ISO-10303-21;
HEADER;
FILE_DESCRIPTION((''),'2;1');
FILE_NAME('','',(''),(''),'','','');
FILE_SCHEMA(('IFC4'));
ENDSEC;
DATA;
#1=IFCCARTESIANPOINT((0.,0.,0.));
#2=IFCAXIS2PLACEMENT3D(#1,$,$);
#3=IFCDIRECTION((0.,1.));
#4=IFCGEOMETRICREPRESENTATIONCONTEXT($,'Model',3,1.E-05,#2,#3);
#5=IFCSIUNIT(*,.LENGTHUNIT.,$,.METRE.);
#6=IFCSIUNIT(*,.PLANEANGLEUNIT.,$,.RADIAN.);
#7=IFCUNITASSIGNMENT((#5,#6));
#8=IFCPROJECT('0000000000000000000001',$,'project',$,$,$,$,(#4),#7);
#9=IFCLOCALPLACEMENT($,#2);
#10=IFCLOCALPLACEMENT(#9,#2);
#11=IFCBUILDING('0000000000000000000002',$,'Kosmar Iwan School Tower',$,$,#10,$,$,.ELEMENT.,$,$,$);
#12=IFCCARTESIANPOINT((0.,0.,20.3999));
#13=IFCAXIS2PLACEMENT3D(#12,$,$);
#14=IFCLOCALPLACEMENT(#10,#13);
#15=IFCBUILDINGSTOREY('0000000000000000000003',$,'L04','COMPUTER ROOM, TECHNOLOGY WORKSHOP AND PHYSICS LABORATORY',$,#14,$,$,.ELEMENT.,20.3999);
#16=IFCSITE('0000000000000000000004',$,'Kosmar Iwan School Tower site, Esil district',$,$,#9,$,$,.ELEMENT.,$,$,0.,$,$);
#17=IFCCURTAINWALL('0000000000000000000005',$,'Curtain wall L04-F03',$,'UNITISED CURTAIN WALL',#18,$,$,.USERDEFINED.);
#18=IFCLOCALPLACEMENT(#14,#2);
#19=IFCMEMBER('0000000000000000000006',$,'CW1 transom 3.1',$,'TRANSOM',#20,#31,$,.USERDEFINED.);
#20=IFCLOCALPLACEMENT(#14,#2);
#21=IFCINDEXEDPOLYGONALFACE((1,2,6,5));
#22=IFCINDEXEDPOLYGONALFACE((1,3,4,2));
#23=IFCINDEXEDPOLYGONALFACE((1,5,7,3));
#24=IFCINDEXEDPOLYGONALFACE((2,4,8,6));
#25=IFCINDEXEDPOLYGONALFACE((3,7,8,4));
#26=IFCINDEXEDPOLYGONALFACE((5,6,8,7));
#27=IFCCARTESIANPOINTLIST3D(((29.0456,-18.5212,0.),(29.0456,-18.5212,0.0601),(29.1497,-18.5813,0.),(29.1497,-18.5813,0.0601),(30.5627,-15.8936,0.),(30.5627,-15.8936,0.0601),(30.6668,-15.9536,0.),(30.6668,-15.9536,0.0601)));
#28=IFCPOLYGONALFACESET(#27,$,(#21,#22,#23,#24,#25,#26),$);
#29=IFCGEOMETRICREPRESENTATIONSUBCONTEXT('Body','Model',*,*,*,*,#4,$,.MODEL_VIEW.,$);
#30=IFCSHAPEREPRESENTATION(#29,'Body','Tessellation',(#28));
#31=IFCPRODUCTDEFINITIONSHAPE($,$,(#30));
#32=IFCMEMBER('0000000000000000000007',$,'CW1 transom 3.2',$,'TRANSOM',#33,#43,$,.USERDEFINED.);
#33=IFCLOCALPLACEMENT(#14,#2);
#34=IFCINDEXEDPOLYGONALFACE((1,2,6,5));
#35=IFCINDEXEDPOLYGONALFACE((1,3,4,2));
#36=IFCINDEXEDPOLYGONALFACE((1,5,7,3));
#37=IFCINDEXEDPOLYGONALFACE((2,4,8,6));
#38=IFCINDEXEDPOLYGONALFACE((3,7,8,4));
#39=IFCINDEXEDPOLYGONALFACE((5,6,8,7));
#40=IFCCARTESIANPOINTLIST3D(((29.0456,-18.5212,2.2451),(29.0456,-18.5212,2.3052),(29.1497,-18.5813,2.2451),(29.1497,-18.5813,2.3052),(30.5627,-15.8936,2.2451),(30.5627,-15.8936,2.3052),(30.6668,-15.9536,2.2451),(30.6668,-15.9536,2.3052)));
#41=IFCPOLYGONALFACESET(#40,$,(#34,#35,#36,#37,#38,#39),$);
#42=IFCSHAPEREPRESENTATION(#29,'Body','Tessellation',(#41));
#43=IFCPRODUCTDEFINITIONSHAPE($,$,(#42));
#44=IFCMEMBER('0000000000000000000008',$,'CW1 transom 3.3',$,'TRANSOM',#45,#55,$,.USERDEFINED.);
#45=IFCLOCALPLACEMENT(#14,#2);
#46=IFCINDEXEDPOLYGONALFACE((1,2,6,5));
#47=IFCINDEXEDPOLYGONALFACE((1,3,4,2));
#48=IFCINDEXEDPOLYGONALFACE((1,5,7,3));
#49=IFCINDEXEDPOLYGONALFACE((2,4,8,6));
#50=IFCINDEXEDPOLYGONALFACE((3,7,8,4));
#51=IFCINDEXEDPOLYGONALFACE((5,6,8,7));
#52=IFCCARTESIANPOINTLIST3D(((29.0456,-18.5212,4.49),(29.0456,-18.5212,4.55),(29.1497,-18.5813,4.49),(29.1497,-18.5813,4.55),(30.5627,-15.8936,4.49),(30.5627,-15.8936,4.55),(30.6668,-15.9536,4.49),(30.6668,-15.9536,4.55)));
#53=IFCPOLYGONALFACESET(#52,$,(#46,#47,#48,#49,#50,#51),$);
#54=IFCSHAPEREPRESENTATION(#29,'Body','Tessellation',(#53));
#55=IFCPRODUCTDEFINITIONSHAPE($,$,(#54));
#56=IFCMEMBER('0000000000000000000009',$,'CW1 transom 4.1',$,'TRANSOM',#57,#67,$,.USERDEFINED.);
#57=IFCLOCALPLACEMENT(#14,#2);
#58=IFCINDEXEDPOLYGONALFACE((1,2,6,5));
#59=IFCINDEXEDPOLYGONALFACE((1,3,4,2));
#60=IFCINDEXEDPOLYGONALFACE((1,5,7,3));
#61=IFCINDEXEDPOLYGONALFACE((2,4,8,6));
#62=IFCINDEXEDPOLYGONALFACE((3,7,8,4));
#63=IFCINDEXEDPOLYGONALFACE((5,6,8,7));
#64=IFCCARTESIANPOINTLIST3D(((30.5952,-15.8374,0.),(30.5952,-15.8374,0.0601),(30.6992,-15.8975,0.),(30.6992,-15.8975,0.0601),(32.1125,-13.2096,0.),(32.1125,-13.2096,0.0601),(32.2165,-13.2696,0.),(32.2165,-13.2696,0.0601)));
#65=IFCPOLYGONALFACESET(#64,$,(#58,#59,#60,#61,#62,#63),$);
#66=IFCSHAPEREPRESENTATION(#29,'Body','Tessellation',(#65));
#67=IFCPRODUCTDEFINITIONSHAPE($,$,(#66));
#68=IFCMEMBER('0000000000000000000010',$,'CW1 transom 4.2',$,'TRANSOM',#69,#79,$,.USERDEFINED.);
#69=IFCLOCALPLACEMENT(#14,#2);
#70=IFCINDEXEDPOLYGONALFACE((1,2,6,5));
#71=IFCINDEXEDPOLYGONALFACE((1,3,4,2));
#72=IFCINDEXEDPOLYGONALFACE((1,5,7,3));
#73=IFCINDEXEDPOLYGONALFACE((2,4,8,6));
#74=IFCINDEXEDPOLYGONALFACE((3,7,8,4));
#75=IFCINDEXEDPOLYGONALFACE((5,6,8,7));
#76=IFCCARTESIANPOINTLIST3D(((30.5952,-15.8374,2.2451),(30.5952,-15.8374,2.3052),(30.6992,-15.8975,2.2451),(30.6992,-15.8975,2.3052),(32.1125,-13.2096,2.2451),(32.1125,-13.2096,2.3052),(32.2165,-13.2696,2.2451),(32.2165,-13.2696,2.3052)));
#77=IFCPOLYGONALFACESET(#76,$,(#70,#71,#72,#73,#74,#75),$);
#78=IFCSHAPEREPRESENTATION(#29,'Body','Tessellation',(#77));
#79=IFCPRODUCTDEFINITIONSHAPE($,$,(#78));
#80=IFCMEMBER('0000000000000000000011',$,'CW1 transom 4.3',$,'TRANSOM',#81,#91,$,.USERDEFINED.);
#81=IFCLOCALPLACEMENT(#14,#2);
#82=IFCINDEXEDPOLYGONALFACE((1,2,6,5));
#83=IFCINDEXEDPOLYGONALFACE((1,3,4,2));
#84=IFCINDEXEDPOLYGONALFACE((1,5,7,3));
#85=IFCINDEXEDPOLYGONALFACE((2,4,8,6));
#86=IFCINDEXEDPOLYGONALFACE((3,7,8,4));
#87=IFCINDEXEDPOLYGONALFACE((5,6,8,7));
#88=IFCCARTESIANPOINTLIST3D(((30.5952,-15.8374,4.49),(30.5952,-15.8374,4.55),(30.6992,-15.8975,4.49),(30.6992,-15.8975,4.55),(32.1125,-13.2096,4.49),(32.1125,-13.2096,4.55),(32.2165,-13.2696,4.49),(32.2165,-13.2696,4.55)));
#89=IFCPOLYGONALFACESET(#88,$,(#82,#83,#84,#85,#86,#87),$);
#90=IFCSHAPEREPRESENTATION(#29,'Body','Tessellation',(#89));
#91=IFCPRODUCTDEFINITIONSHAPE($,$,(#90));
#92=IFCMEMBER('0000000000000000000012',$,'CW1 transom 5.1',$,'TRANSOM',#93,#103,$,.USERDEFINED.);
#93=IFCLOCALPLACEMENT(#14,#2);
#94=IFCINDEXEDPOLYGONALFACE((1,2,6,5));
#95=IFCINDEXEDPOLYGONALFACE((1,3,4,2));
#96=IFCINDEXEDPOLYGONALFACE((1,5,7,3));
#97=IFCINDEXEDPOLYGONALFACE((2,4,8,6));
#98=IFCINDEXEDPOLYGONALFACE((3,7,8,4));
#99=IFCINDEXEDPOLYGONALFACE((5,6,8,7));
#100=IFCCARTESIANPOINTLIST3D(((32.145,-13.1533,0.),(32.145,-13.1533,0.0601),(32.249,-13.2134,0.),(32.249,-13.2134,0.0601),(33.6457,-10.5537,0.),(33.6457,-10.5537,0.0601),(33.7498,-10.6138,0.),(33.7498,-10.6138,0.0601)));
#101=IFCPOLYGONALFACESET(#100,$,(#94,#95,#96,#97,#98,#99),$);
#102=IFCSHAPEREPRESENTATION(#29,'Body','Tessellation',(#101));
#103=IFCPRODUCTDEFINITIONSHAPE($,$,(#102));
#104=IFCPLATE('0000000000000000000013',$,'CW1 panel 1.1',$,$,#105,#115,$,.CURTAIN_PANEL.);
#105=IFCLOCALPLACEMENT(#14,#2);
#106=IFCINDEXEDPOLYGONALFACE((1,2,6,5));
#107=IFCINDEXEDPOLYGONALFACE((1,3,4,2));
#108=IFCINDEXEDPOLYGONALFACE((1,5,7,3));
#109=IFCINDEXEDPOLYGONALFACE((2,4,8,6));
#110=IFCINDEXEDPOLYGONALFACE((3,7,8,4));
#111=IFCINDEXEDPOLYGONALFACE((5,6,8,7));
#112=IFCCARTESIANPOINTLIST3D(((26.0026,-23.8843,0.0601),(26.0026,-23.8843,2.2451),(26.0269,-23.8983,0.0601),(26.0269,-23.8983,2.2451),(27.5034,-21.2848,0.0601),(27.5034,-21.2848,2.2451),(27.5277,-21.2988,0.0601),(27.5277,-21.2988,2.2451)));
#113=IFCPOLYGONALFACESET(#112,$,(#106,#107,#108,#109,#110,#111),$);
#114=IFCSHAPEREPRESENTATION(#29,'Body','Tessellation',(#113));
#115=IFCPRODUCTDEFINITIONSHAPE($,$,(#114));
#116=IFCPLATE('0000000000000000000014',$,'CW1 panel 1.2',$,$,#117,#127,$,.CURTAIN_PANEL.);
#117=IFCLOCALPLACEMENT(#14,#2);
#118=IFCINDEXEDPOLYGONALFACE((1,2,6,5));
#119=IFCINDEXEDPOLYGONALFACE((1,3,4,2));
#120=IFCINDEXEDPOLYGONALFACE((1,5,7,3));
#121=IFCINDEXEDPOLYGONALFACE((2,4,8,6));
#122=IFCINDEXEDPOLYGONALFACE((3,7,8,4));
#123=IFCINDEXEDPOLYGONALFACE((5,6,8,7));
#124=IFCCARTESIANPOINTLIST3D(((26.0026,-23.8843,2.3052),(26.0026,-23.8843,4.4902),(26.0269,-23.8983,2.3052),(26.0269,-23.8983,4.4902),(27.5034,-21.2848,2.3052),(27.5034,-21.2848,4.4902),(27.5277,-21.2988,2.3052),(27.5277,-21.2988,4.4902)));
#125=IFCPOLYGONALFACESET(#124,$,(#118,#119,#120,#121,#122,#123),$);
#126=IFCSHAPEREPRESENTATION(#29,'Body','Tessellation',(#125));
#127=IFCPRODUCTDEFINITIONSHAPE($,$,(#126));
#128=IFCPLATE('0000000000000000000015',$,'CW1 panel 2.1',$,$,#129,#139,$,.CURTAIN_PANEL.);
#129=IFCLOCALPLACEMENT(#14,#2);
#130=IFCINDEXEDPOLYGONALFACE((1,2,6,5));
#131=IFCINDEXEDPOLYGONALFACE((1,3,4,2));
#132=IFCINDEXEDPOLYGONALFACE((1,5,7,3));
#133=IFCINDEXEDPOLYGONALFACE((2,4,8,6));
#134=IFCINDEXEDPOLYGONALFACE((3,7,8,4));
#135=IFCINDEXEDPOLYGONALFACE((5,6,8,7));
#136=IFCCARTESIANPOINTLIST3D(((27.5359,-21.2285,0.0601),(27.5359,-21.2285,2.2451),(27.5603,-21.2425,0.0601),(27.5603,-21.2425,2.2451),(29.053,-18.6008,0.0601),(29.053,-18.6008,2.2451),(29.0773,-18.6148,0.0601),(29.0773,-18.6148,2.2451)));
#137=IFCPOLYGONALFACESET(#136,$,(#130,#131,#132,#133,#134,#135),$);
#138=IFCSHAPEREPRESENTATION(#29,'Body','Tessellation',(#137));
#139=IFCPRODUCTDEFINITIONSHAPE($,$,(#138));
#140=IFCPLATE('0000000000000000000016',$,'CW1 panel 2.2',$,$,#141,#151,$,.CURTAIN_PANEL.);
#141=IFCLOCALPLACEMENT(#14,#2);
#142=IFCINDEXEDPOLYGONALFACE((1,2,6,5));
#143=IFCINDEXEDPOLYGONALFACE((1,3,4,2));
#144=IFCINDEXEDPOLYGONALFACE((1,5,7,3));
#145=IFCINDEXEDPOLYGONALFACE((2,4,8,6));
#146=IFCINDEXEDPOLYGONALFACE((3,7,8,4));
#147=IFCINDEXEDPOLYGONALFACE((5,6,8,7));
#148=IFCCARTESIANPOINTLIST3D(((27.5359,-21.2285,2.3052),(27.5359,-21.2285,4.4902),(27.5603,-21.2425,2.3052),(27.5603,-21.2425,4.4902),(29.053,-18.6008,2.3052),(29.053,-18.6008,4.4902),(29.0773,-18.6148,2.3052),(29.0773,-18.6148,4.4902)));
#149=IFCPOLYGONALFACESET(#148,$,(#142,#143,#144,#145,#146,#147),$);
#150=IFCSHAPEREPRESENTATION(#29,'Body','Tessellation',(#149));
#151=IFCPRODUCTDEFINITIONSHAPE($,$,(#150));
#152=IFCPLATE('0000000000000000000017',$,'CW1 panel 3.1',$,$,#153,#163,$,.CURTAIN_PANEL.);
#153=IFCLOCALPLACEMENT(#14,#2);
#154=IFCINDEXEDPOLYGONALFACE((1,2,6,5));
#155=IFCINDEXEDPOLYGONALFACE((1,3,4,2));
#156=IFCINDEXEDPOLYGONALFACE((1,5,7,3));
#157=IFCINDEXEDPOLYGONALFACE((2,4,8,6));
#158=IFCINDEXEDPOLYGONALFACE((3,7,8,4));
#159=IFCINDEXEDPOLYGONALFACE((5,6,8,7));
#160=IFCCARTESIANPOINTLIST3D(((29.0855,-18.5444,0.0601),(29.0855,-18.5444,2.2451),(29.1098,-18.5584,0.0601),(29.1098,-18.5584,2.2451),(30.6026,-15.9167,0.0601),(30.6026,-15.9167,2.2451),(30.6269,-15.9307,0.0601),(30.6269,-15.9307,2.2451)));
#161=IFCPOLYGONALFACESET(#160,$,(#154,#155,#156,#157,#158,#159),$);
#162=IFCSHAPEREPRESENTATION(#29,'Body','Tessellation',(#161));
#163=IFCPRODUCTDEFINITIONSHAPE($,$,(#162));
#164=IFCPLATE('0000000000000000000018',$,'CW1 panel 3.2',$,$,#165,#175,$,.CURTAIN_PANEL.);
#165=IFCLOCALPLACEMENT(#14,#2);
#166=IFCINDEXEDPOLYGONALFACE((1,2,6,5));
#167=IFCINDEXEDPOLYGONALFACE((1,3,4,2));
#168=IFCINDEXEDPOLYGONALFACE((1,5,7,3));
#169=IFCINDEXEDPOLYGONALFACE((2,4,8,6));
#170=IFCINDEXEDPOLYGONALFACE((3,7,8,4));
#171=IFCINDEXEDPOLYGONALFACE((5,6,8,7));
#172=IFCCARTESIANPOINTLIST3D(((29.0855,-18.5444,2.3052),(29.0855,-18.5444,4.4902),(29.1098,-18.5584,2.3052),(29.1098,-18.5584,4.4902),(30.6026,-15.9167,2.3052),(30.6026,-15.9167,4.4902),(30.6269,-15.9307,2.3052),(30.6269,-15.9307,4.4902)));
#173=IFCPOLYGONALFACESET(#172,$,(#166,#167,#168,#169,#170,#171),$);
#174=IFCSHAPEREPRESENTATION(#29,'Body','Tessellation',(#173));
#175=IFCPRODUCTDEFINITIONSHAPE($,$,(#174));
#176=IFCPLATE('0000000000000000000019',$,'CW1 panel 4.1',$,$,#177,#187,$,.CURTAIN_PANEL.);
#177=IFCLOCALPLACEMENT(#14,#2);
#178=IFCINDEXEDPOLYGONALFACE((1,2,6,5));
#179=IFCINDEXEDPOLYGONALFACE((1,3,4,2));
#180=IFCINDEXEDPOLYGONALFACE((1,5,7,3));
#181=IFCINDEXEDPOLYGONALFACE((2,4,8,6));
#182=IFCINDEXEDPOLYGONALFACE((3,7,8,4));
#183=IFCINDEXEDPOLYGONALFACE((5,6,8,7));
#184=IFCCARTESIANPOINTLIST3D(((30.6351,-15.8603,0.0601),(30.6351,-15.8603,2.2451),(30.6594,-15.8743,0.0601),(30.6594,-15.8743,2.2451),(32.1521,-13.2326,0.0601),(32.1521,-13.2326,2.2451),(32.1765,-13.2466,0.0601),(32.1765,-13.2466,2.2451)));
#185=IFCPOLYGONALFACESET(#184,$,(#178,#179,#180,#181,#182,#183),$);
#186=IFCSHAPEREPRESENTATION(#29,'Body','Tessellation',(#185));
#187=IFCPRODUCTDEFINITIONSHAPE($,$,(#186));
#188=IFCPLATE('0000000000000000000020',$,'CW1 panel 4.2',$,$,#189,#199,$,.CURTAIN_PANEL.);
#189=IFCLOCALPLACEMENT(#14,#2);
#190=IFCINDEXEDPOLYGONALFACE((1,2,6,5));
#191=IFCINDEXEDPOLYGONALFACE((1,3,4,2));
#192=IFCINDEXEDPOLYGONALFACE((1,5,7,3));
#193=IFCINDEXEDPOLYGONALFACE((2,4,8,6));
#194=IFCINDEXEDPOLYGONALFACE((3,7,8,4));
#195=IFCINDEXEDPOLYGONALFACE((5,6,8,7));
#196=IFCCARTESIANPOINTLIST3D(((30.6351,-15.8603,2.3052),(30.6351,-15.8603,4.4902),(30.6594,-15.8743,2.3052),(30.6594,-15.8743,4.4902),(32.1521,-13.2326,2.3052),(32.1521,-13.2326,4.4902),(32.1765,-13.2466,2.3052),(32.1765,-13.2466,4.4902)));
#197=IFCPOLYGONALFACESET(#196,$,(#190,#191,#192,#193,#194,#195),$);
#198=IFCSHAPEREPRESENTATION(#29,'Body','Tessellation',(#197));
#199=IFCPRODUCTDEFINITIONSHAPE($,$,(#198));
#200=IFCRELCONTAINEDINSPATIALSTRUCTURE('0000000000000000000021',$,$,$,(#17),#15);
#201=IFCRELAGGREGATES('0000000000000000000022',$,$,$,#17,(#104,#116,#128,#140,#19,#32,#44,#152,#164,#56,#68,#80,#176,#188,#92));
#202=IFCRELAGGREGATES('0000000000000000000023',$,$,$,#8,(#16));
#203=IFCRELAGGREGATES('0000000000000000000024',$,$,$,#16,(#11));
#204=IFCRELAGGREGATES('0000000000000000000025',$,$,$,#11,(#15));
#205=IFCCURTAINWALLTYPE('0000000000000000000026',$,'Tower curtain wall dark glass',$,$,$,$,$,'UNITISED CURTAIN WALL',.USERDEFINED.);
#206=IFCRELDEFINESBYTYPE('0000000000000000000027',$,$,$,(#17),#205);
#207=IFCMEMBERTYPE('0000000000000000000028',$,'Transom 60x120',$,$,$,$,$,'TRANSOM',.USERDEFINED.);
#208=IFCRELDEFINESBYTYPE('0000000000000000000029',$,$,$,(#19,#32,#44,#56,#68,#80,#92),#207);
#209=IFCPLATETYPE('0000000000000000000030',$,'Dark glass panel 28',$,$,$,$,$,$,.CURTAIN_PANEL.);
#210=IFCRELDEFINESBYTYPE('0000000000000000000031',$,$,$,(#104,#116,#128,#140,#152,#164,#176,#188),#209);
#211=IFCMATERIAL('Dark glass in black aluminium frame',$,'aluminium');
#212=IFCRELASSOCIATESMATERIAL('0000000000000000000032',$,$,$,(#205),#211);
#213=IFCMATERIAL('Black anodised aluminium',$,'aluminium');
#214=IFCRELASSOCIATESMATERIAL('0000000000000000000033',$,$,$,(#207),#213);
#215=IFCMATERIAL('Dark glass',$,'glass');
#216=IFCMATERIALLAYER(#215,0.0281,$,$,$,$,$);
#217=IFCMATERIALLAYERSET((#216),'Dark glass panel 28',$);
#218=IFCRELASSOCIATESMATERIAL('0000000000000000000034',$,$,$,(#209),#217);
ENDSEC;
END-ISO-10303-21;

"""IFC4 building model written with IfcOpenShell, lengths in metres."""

from ifc_helpers import new_model, si_unit, direction, frame, origin, origin_2d, place, context, subcontext, project, spatial, rectangle, extrude, material, layer, layer_set, material_profile, profile_set, type_object, element, aggregate, save


model = new_model("IFC4")

# Units and contexts
model_context = context("Model", 3, precision=1e-05, world=origin(), true_north=direction((0.0, 1.0)))
body_context = subcontext(model_context, "Body", "Model", "MODEL_VIEW")
ifc_project = project(units=[si_unit("LENGTHUNIT", "METRE"), si_unit("PLANEANGLEUNIT", "RADIAN")], contexts=[model_context])

# Site, building, storey
site_placement = place(None, origin())
site = spatial("IfcSite", under=ifc_project, at=site_placement, Name="Kosmar Iwan School Tower site, Esil district", CompositionType="ELEMENT", RefElevation=0.0)
building_placement = place(site_placement, origin())
building = spatial("IfcBuilding", under=site, at=building_placement, Name="Kosmar Iwan School Tower", CompositionType="ELEMENT")
storey_placement = place(building_placement, frame((0.0, 0.0, 20.3999)))
storey = spatial("IfcBuildingStorey", under=building, at=storey_placement, Name="L04", Description="COMPUTER ROOM, TECHNOLOGY WORKSHOP AND PHYSICS LABORATORY", CompositionType="ELEMENT", Elevation=20.3999)

# Curtain wall
ifc_material_1 = material(Name="Dark glass in black aluminium frame", Category="aluminium")
curtain_wall_type_1 = type_object("IfcCurtainWallType", Name="Tower curtain wall dark glass", ElementType="UNITISED CURTAIN WALL", PredefinedType="USERDEFINED", material=ifc_material_1)
curtain_wall_1_placement = place(storey_placement, origin())
curtain_wall_1 = element("IfcCurtainWall", 1, at=curtain_wall_1_placement, inside=storey, type_object=curtain_wall_type_1, Name="Curtain wall L04-F03", ObjectType="UNITISED CURTAIN WALL", PredefinedType="USERDEFINED")

# Members
ifc_material_2 = material(Name="Black anodised aluminium", Category="aluminium")
ifc_material_profile_1 = material_profile(ifc_material_2, rectangle(XDim=0.1201, YDim=0.0601, at=origin_2d()), Name="TRANSOM 60x120")
ifc_profile_set_1 = profile_set([ifc_material_profile_1], Name="Black anodised aluminium")
member_type_1 = type_object("IfcMemberType", Name="Transom 60x120", ElementType="TRANSOM", PredefinedType="USERDEFINED", material=ifc_profile_set_1)
member_1_placement = place(storey_placement, frame((29.0977, -18.5513, 0.03), z_axis=(0.499999, 0.866026, 0.0), x_axis=(-0.866026, 0.499999, 0.0)))
member_1 = element("IfcMember", 2, at=member_1_placement, type_object=member_type_1, Name="CW1 transom 3.1", ObjectType="TRANSOM", PredefinedType="USERDEFINED", context=body_context, shape_type="SweptSolid", body=[
    extrude(rectangle(XDim=0.1201, YDim=0.0601, at=origin_2d()), origin(), (0.0, 0.0, 1.0), 3.0342),
])
member_2_placement = place(storey_placement, frame((29.0977, -18.5513, 2.2751), z_axis=(0.499999, 0.866026, 0.0), x_axis=(-0.866026, 0.499999, 0.0)))
member_2 = element("IfcMember", 3, at=member_2_placement, type_object=member_type_1, Name="CW1 transom 3.2", ObjectType="TRANSOM", PredefinedType="USERDEFINED", context=body_context, shape_type="SweptSolid", body=[
    extrude(rectangle(XDim=0.1201, YDim=0.0601, at=origin_2d()), origin(), (0.0, 0.0, 1.0), 3.0342),
])
member_3_placement = place(storey_placement, frame((29.0977, -18.5513, 4.52), z_axis=(0.499999, 0.866026, 0.0), x_axis=(-0.866026, 0.499999, 0.0)))
member_3 = element("IfcMember", 4, at=member_3_placement, type_object=member_type_1, Name="CW1 transom 3.3", ObjectType="TRANSOM", PredefinedType="USERDEFINED", context=body_context, shape_type="SweptSolid", body=[
    extrude(rectangle(XDim=0.1201, YDim=0.0601, at=origin_2d()), origin(), (0.0, 0.0, 1.0), 3.0342),
])
member_4_placement = place(storey_placement, frame((30.6472, -15.8674, 0.03), z_axis=(0.500024, 0.866011, 0.0), x_axis=(-0.866011, 0.500024, 0.0)))
member_4 = element("IfcMember", 5, at=member_4_placement, type_object=member_type_1, Name="CW1 transom 4.1", ObjectType="TRANSOM", PredefinedType="USERDEFINED", context=body_context, shape_type="SweptSolid", body=[
    extrude(rectangle(XDim=0.1201, YDim=0.0601, at=origin_2d()), origin(), (0.0, 0.0, 1.0), 3.0344),
])
member_5_placement = place(storey_placement, frame((30.6472, -15.8674, 2.2751), z_axis=(0.500024, 0.866011, 0.0), x_axis=(-0.866011, 0.500024, 0.0)))
member_5 = element("IfcMember", 6, at=member_5_placement, type_object=member_type_1, Name="CW1 transom 4.2", ObjectType="TRANSOM", PredefinedType="USERDEFINED", context=body_context, shape_type="SweptSolid", body=[
    extrude(rectangle(XDim=0.1201, YDim=0.0601, at=origin_2d()), origin(), (0.0, 0.0, 1.0), 3.0344),
])
member_6_placement = place(storey_placement, frame((30.6472, -15.8674, 4.52), z_axis=(0.500024, 0.866011, 0.0), x_axis=(-0.866011, 0.500024, 0.0)))
member_6 = element("IfcMember", 7, at=member_6_placement, type_object=member_type_1, Name="CW1 transom 4.3", ObjectType="TRANSOM", PredefinedType="USERDEFINED", context=body_context, shape_type="SweptSolid", body=[
    extrude(rectangle(XDim=0.1201, YDim=0.0601, at=origin_2d()), origin(), (0.0, 0.0, 1.0), 3.0344),
])
member_7_placement = place(storey_placement, frame((32.197, -13.1833, 0.03), z_axis=(0.499962, 0.866047, 0.0), x_axis=(-0.866047, 0.499962, 0.0)))
member_7 = element("IfcMember", 8, at=member_7_placement, type_object=member_type_1, Name="CW1 transom 5.1", ObjectType="TRANSOM", PredefinedType="USERDEFINED", context=body_context, shape_type="SweptSolid", body=[
    extrude(rectangle(XDim=0.1201, YDim=0.0601, at=origin_2d()), origin(), (0.0, 0.0, 1.0), 3.0017),
])

# Plates
ifc_material_3 = material(Name="Dark glass", Category="glass")
ifc_layer_1 = layer(ifc_material_3, 0.0281)
ifc_layer_set_1 = layer_set([ifc_layer_1], Name="Dark glass panel 28")
plate_type = type_object("IfcPlateType", Name="Dark glass panel 28", PredefinedType="CURTAIN_PANEL", material=ifc_layer_set_1)
plate_1_placement = place(storey_placement, frame((26.7651, -22.5916, 0.0601), z_axis=(0.0, 0.0, 1.0), x_axis=(0.5, 0.866025, 0.0)))
plate_1 = element("IfcPlate", 9, at=plate_1_placement, type_object=plate_type, Name="CW1 panel 1.1", PredefinedType="CURTAIN_PANEL", context=body_context, shape_type="SweptSolid", body=[
    extrude(rectangle(XDim=3.0017, YDim=0.0281, at=origin_2d()), origin(), (0.0, 0.0, 1.0), 2.1851),
])
plate_2_placement = place(storey_placement, frame((26.7651, -22.5916, 2.3052), z_axis=(0.0, 0.0, 1.0), x_axis=(0.5, 0.866025, 0.0)))
plate_2 = element("IfcPlate", 10, at=plate_2_placement, type_object=plate_type, Name="CW1 panel 1.2", PredefinedType="CURTAIN_PANEL", context=body_context, shape_type="SweptSolid", body=[
    extrude(rectangle(XDim=3.0017, YDim=0.0281, at=origin_2d()), origin(), (0.0, 0.0, 1.0), 2.1851),
])
plate_3_placement = place(storey_placement, frame((28.3066, -19.9216, 0.0601), z_axis=(0.0, 0.0, 1.0), x_axis=(0.5, 0.866025, 0.0)))
plate_3 = element("IfcPlate", 11, at=plate_3_placement, type_object=plate_type, Name="CW1 panel 2.1", PredefinedType="CURTAIN_PANEL", context=body_context, shape_type="SweptSolid", body=[
    extrude(rectangle(XDim=3.0342, YDim=0.0281, at=origin_2d()), origin(), (0.0, 0.0, 1.0), 2.1851),
])
plate_4_placement = place(storey_placement, frame((28.3066, -19.9216, 2.3052), z_axis=(0.0, 0.0, 1.0), x_axis=(0.5, 0.866025, 0.0)))
plate_4 = element("IfcPlate", 12, at=plate_4_placement, type_object=plate_type, Name="CW1 panel 2.2", PredefinedType="CURTAIN_PANEL", context=body_context, shape_type="SweptSolid", body=[
    extrude(rectangle(XDim=3.0342, YDim=0.0281, at=origin_2d()), origin(), (0.0, 0.0, 1.0), 2.1851),
])
plate_5_placement = place(storey_placement, frame((29.8562, -17.2375, 0.0601), z_axis=(0.0, 0.0, 1.0), x_axis=(0.5, 0.866025, 0.0)))
plate_5 = element("IfcPlate", 13, at=plate_5_placement, type_object=plate_type, Name="CW1 panel 3.1", PredefinedType="CURTAIN_PANEL", context=body_context, shape_type="SweptSolid", body=[
    extrude(rectangle(XDim=3.0342, YDim=0.0281, at=origin_2d()), origin(), (0.0, 0.0, 1.0), 2.1851),
])
plate_6_placement = place(storey_placement, frame((29.8562, -17.2375, 2.3052), z_axis=(0.0, 0.0, 1.0), x_axis=(0.5, 0.866025, 0.0)))
plate_6 = element("IfcPlate", 14, at=plate_6_placement, type_object=plate_type, Name="CW1 panel 3.2", PredefinedType="CURTAIN_PANEL", context=body_context, shape_type="SweptSolid", body=[
    extrude(rectangle(XDim=3.0342, YDim=0.0281, at=origin_2d()), origin(), (0.0, 0.0, 1.0), 2.1851),
])
plate_7_placement = place(storey_placement, frame((31.4058, -14.5535, 0.0601), z_axis=(0.0, 0.0, 1.0), x_axis=(0.5, 0.866025, 0.0)))
plate_7 = element("IfcPlate", 15, at=plate_7_placement, type_object=plate_type, Name="CW1 panel 4.1", PredefinedType="CURTAIN_PANEL", context=body_context, shape_type="SweptSolid", body=[
    extrude(rectangle(XDim=3.0342, YDim=0.0281, at=origin_2d()), origin(), (0.0, 0.0, 1.0), 2.1851),
])
plate_8_placement = place(storey_placement, frame((31.4058, -14.5535, 2.3052), z_axis=(0.0, 0.0, 1.0), x_axis=(0.5, 0.866025, 0.0)))
plate_8 = element("IfcPlate", 16, at=plate_8_placement, type_object=plate_type, Name="CW1 panel 4.2", PredefinedType="CURTAIN_PANEL", context=body_context, shape_type="SweptSolid", body=[
    extrude(rectangle(XDim=3.0342, YDim=0.0281, at=origin_2d()), origin(), (0.0, 0.0, 1.0), 2.1851),
])
aggregate(curtain_wall_1, [plate_1, plate_2, plate_3, plate_4, member_1, member_2, member_3, plate_5, plate_6, member_4, member_5, member_6, plate_7, plate_8, member_7])

save(model, "model.ifc")
